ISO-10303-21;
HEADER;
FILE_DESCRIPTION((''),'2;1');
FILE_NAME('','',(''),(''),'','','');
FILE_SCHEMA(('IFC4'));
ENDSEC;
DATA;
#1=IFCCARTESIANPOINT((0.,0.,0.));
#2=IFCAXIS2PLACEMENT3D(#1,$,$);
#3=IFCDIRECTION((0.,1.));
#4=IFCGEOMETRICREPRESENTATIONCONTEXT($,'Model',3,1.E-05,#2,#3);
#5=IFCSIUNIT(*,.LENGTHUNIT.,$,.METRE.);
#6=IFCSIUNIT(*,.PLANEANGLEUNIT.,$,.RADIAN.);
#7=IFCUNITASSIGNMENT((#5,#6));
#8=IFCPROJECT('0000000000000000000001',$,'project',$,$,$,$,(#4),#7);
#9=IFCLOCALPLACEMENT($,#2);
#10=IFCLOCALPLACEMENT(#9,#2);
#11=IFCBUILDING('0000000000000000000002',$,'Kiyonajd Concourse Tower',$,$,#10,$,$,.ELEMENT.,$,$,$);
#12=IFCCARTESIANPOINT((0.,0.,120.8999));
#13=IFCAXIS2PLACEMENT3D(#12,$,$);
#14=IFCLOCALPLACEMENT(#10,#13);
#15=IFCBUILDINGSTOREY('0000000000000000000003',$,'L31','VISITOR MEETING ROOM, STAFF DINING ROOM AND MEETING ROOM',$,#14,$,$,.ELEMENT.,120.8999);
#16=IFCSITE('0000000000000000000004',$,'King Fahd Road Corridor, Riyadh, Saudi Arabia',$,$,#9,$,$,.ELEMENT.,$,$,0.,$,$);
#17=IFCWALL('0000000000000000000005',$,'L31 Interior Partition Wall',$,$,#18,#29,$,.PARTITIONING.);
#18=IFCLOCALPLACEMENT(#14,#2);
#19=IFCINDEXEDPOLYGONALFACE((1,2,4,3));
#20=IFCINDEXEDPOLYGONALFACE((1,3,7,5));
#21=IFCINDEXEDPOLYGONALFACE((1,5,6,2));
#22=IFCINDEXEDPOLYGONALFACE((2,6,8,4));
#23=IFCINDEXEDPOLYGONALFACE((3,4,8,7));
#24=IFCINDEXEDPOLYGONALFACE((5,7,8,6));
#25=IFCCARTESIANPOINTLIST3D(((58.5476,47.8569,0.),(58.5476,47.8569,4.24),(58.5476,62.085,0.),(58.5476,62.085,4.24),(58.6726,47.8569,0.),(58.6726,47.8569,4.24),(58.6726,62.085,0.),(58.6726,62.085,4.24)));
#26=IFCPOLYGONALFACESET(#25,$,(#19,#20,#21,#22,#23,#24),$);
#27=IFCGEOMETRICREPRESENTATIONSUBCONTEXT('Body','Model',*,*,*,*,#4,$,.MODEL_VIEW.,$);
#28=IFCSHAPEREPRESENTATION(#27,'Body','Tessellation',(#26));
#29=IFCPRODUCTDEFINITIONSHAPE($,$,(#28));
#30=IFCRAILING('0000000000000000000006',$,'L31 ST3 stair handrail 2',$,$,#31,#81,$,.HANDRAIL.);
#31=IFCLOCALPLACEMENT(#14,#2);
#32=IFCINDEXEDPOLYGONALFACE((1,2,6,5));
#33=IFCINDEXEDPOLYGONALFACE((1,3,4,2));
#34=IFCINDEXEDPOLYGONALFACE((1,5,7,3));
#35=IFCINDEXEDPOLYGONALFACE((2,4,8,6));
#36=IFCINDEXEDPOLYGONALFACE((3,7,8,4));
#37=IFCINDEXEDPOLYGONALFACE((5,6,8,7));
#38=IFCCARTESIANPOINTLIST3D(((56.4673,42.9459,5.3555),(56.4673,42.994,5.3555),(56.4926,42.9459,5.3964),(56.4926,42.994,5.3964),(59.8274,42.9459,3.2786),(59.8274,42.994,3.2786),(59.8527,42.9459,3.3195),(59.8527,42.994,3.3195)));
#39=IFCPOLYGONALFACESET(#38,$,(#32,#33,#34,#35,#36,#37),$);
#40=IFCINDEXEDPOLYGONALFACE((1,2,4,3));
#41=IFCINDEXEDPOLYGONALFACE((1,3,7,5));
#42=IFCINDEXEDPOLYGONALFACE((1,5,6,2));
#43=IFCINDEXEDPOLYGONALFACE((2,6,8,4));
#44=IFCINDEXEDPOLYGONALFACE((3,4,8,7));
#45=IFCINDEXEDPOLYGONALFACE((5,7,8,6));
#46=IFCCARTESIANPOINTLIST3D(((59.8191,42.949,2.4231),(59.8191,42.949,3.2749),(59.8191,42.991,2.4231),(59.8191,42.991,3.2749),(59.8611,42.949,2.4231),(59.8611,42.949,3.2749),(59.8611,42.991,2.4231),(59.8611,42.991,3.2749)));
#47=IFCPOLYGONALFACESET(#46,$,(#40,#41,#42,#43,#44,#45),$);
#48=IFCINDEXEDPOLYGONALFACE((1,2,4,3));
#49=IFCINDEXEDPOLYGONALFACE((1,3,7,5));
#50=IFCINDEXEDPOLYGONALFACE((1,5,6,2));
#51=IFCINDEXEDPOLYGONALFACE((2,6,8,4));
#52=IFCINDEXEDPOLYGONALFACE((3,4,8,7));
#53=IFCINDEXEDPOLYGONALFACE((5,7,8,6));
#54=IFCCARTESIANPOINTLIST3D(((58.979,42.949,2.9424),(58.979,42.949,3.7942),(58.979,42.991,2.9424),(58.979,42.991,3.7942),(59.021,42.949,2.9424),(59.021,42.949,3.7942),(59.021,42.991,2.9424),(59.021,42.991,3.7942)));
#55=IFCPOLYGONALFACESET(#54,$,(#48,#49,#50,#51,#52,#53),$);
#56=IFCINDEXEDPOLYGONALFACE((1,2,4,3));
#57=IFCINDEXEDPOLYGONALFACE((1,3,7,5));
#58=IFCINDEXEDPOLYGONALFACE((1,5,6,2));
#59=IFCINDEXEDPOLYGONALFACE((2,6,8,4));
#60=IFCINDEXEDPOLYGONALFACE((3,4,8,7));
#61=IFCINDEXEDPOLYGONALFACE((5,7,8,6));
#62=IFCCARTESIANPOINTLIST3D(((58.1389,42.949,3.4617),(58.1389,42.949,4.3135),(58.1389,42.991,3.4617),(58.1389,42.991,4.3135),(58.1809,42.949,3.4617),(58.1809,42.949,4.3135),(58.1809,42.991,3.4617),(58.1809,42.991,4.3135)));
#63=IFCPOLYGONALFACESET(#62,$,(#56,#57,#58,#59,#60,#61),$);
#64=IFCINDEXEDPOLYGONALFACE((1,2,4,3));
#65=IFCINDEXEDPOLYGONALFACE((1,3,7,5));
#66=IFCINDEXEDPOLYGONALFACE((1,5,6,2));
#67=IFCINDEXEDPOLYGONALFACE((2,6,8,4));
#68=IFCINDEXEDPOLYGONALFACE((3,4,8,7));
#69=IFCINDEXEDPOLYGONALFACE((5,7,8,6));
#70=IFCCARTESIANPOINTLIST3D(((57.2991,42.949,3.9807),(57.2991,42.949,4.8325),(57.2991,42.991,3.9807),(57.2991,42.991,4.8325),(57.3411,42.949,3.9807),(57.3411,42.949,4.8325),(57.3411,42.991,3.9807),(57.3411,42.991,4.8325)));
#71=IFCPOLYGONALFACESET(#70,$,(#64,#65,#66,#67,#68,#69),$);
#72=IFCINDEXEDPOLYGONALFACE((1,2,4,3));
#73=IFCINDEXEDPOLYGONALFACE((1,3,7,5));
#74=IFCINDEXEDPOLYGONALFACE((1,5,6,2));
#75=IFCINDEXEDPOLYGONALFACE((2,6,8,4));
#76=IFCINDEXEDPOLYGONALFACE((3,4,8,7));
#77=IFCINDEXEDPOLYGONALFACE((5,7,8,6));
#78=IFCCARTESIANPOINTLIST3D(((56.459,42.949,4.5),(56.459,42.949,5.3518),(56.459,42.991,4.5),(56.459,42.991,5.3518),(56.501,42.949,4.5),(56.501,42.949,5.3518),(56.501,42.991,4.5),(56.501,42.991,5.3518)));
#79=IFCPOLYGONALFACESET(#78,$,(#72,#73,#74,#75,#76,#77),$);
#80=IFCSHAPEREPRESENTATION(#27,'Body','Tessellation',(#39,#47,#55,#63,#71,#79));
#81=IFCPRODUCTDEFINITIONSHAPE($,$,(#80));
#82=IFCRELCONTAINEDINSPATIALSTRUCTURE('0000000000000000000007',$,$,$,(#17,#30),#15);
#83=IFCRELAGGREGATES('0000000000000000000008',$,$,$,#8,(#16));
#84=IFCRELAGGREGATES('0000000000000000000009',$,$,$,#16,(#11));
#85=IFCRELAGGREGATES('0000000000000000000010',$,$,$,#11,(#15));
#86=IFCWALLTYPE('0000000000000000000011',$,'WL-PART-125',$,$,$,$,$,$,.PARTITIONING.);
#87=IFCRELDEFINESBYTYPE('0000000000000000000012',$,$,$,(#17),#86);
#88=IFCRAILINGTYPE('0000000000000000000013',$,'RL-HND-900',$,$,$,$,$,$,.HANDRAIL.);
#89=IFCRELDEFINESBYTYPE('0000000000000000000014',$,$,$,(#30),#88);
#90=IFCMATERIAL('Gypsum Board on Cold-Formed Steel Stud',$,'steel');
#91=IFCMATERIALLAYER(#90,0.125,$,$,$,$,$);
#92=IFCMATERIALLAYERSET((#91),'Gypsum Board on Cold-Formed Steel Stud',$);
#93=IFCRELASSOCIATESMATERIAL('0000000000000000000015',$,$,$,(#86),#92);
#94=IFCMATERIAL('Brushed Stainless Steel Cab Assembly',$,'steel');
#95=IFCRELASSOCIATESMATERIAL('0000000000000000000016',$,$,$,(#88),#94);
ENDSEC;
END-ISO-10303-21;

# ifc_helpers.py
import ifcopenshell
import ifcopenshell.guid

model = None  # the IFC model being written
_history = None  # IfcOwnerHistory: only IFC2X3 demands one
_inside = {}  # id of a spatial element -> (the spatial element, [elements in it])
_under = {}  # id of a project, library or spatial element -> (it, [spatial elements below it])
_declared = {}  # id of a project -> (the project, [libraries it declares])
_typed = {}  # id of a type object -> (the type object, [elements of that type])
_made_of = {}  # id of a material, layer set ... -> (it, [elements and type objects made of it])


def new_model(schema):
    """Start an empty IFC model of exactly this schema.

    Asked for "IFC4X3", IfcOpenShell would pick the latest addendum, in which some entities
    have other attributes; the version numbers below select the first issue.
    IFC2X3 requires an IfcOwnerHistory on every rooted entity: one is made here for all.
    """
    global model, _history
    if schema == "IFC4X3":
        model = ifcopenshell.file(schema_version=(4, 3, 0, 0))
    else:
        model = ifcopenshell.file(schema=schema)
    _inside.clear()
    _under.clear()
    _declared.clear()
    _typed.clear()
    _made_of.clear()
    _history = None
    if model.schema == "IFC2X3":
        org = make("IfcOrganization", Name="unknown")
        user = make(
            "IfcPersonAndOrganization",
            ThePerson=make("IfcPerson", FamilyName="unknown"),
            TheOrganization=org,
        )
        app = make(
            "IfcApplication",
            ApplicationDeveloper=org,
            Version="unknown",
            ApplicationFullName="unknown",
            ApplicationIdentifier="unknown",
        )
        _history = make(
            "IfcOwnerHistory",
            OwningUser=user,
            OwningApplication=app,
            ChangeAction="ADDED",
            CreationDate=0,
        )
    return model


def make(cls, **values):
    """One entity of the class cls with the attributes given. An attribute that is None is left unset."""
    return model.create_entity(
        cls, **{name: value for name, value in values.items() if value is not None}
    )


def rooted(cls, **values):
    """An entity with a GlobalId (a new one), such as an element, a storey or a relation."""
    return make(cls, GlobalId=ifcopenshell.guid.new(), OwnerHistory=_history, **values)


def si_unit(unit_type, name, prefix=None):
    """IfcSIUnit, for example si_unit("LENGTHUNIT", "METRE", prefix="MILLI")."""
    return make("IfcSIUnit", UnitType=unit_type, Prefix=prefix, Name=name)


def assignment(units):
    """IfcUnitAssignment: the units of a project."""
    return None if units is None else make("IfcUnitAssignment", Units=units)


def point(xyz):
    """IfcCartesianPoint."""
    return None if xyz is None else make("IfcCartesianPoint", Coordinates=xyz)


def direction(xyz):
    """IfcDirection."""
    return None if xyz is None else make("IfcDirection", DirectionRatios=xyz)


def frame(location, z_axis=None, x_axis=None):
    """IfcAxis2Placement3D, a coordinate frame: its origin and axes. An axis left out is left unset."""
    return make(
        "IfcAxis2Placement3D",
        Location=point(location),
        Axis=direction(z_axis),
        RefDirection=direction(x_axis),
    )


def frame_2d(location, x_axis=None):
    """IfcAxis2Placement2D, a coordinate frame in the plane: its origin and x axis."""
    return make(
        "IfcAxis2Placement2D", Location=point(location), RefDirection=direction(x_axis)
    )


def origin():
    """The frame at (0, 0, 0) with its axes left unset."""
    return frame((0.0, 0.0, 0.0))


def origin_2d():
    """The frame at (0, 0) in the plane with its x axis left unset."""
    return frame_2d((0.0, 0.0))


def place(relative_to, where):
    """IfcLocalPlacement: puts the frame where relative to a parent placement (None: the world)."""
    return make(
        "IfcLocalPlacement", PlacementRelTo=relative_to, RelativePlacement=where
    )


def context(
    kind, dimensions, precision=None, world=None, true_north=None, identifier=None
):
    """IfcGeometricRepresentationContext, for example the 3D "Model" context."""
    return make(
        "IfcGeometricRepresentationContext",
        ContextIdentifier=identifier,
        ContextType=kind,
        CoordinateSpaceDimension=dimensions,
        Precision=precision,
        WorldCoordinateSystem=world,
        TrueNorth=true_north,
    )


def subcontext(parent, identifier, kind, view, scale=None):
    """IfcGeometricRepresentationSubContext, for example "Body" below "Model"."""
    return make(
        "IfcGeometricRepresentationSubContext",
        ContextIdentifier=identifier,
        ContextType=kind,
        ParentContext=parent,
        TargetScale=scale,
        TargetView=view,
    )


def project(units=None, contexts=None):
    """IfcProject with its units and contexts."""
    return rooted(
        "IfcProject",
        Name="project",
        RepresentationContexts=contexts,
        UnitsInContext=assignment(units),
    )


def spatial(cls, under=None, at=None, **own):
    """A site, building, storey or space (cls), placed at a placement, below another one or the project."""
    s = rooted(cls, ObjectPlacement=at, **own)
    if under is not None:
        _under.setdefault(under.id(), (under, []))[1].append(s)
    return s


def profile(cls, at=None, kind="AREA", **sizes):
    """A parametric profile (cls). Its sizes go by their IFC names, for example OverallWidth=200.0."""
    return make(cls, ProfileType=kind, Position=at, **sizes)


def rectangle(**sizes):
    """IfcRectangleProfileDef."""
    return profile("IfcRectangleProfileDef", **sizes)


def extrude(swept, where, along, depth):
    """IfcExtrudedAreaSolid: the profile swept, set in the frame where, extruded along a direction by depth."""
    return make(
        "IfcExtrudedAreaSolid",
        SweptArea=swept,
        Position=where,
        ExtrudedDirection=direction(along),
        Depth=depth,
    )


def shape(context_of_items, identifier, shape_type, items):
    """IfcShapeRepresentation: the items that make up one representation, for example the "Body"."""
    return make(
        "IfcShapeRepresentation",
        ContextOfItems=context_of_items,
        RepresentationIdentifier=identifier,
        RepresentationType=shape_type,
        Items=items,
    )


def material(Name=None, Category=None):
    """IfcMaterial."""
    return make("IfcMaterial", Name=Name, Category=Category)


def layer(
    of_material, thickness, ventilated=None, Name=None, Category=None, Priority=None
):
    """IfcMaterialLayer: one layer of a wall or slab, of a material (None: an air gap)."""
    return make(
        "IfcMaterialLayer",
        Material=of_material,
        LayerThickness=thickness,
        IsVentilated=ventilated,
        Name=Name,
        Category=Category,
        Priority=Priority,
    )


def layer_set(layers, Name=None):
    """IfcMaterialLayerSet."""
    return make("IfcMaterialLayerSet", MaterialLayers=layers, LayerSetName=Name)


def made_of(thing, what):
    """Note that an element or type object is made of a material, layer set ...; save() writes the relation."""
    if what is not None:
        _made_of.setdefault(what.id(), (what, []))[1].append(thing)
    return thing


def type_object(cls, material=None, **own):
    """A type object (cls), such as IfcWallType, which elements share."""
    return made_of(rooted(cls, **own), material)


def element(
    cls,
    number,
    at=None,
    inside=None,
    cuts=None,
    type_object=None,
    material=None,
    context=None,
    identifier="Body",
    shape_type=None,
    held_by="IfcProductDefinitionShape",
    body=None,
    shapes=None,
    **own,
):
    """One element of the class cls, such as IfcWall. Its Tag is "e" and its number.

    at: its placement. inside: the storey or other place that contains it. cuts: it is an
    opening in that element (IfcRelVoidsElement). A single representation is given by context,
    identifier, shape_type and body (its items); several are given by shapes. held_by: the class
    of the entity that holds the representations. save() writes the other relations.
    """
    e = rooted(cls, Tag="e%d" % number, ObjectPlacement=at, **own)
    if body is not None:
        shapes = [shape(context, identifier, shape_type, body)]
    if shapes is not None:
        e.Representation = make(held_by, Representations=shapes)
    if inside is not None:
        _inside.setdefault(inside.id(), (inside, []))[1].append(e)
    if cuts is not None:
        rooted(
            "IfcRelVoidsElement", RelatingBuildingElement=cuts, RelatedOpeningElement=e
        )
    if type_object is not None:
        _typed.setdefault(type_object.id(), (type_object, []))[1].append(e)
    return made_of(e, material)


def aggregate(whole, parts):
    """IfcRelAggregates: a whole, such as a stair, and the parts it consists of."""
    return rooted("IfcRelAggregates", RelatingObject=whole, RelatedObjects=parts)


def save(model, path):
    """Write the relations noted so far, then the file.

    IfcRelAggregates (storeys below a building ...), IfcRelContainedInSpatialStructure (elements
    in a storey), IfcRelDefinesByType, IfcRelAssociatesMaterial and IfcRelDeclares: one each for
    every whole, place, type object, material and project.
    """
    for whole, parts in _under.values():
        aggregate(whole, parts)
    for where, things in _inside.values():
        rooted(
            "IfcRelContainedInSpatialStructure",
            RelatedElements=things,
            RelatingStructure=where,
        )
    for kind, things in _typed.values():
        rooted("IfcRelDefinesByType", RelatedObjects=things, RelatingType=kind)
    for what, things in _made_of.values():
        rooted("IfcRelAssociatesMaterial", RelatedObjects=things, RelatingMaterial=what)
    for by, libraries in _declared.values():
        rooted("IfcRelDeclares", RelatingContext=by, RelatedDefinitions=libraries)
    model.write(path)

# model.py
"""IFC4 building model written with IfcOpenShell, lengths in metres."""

from ifc_helpers import new_model, si_unit, direction, frame, frame_2d, origin, origin_2d, place, context, subcontext, project, spatial, rectangle, extrude, material, layer, layer_set, type_object, element, save


model = new_model("IFC4")

# Units and contexts
model_context = context("Model", 3, precision=1e-05, world=origin(), true_north=direction((0.0, 1.0)))
body_context = subcontext(model_context, "Body", "Model", "MODEL_VIEW")
ifc_project = project(units=[si_unit("LENGTHUNIT", "METRE"), si_unit("PLANEANGLEUNIT", "RADIAN")], contexts=[model_context])

# Site, building, storey
site_placement = place(None, origin())
site = spatial("IfcSite", under=ifc_project, at=site_placement, Name="King Fahd Road Corridor, Riyadh, Saudi Arabia", CompositionType="ELEMENT", RefElevation=0.0)
building_placement = place(site_placement, origin())
building = spatial("IfcBuilding", under=site, at=building_placement, Name="Kiyonajd Concourse Tower", CompositionType="ELEMENT")
storey_placement = place(building_placement, frame((0.0, 0.0, 120.8999)))
storey = spatial("IfcBuildingStorey", under=building, at=storey_placement, Name="L31", Description="VISITOR MEETING ROOM, STAFF DINING ROOM AND MEETING ROOM", CompositionType="ELEMENT", Elevation=120.8999)

# Wall
ifc_material_1 = material(Name="Gypsum Board on Cold-Formed Steel Stud", Category="steel")
ifc_layer_1 = layer(ifc_material_1, 0.125)
ifc_layer_set_1 = layer_set([ifc_layer_1], Name="Gypsum Board on Cold-Formed Steel Stud")
wall_type_1 = type_object("IfcWallType", Name="WL-PART-125", PredefinedType="PARTITIONING", material=ifc_layer_set_1)
wall_1_placement = place(storey_placement, frame((58.6101, 47.8569, 0.0), z_axis=(0.0, 0.0, 1.0), x_axis=(0.0, 1.0, 0.0)))
element("IfcWall", 1, at=wall_1_placement, inside=storey, type_object=wall_type_1, Name="L31 Interior Partition Wall", PredefinedType="PARTITIONING", context=body_context, shape_type="SweptSolid", body=[
    extrude(rectangle(XDim=14.228, YDim=0.125, at=frame_2d((7.114, 0.0))), origin(), (0.0, 0.0, 1.0), 4.24),
])

# Railing
ifc_material_2 = material(Name="Brushed Stainless Steel Cab Assembly", Category="steel")
railing_type = type_object("IfcRailingType", Name="RL-HND-900", PredefinedType="HANDRAIL", material=ifc_material_2)
railing_placement = place(storey_placement, frame((59.8401, 42.97, 2.4231)))
element("IfcRailing", 2, at=railing_placement, inside=storey, type_object=railing_type, Name="L31 ST3 stair handrail 2", PredefinedType="HANDRAIL", context=body_context, shape_type="SweptSolid", body=[
    extrude(rectangle(XDim=0.0481, YDim=0.0481, at=origin_2d()), frame((0.0, 0.0, 0.876), z_axis=(-0.850623, 0.0, 0.525776), x_axis=(0.0, -1.0, 0.0)), (0.0, 0.0, 1.0), 3.9502),
    extrude(rectangle(XDim=0.042, YDim=0.042, at=origin_2d()), origin(), (0.0, 0.0, 1.0), 0.8518),
    extrude(rectangle(XDim=0.042, YDim=0.042, at=origin_2d()), frame((-0.8401, 0.0, 0.5193)), (0.0, 0.0, 1.0), 0.8518),
    extrude(rectangle(XDim=0.042, YDim=0.042, at=origin_2d()), frame((-1.6802, 0.0, 1.0386)), (0.0, 0.0, 1.0), 0.8518),
    extrude(rectangle(XDim=0.042, YDim=0.042, at=origin_2d()), frame((-2.52, 0.0, 1.5576)), (0.0, 0.0, 1.0), 0.8518),
    extrude(rectangle(XDim=0.042, YDim=0.042, at=origin_2d()), frame((-3.3601, 0.0, 2.0769)), (0.0, 0.0, 1.0), 0.8518),
])

save(model, "model.ifc")
